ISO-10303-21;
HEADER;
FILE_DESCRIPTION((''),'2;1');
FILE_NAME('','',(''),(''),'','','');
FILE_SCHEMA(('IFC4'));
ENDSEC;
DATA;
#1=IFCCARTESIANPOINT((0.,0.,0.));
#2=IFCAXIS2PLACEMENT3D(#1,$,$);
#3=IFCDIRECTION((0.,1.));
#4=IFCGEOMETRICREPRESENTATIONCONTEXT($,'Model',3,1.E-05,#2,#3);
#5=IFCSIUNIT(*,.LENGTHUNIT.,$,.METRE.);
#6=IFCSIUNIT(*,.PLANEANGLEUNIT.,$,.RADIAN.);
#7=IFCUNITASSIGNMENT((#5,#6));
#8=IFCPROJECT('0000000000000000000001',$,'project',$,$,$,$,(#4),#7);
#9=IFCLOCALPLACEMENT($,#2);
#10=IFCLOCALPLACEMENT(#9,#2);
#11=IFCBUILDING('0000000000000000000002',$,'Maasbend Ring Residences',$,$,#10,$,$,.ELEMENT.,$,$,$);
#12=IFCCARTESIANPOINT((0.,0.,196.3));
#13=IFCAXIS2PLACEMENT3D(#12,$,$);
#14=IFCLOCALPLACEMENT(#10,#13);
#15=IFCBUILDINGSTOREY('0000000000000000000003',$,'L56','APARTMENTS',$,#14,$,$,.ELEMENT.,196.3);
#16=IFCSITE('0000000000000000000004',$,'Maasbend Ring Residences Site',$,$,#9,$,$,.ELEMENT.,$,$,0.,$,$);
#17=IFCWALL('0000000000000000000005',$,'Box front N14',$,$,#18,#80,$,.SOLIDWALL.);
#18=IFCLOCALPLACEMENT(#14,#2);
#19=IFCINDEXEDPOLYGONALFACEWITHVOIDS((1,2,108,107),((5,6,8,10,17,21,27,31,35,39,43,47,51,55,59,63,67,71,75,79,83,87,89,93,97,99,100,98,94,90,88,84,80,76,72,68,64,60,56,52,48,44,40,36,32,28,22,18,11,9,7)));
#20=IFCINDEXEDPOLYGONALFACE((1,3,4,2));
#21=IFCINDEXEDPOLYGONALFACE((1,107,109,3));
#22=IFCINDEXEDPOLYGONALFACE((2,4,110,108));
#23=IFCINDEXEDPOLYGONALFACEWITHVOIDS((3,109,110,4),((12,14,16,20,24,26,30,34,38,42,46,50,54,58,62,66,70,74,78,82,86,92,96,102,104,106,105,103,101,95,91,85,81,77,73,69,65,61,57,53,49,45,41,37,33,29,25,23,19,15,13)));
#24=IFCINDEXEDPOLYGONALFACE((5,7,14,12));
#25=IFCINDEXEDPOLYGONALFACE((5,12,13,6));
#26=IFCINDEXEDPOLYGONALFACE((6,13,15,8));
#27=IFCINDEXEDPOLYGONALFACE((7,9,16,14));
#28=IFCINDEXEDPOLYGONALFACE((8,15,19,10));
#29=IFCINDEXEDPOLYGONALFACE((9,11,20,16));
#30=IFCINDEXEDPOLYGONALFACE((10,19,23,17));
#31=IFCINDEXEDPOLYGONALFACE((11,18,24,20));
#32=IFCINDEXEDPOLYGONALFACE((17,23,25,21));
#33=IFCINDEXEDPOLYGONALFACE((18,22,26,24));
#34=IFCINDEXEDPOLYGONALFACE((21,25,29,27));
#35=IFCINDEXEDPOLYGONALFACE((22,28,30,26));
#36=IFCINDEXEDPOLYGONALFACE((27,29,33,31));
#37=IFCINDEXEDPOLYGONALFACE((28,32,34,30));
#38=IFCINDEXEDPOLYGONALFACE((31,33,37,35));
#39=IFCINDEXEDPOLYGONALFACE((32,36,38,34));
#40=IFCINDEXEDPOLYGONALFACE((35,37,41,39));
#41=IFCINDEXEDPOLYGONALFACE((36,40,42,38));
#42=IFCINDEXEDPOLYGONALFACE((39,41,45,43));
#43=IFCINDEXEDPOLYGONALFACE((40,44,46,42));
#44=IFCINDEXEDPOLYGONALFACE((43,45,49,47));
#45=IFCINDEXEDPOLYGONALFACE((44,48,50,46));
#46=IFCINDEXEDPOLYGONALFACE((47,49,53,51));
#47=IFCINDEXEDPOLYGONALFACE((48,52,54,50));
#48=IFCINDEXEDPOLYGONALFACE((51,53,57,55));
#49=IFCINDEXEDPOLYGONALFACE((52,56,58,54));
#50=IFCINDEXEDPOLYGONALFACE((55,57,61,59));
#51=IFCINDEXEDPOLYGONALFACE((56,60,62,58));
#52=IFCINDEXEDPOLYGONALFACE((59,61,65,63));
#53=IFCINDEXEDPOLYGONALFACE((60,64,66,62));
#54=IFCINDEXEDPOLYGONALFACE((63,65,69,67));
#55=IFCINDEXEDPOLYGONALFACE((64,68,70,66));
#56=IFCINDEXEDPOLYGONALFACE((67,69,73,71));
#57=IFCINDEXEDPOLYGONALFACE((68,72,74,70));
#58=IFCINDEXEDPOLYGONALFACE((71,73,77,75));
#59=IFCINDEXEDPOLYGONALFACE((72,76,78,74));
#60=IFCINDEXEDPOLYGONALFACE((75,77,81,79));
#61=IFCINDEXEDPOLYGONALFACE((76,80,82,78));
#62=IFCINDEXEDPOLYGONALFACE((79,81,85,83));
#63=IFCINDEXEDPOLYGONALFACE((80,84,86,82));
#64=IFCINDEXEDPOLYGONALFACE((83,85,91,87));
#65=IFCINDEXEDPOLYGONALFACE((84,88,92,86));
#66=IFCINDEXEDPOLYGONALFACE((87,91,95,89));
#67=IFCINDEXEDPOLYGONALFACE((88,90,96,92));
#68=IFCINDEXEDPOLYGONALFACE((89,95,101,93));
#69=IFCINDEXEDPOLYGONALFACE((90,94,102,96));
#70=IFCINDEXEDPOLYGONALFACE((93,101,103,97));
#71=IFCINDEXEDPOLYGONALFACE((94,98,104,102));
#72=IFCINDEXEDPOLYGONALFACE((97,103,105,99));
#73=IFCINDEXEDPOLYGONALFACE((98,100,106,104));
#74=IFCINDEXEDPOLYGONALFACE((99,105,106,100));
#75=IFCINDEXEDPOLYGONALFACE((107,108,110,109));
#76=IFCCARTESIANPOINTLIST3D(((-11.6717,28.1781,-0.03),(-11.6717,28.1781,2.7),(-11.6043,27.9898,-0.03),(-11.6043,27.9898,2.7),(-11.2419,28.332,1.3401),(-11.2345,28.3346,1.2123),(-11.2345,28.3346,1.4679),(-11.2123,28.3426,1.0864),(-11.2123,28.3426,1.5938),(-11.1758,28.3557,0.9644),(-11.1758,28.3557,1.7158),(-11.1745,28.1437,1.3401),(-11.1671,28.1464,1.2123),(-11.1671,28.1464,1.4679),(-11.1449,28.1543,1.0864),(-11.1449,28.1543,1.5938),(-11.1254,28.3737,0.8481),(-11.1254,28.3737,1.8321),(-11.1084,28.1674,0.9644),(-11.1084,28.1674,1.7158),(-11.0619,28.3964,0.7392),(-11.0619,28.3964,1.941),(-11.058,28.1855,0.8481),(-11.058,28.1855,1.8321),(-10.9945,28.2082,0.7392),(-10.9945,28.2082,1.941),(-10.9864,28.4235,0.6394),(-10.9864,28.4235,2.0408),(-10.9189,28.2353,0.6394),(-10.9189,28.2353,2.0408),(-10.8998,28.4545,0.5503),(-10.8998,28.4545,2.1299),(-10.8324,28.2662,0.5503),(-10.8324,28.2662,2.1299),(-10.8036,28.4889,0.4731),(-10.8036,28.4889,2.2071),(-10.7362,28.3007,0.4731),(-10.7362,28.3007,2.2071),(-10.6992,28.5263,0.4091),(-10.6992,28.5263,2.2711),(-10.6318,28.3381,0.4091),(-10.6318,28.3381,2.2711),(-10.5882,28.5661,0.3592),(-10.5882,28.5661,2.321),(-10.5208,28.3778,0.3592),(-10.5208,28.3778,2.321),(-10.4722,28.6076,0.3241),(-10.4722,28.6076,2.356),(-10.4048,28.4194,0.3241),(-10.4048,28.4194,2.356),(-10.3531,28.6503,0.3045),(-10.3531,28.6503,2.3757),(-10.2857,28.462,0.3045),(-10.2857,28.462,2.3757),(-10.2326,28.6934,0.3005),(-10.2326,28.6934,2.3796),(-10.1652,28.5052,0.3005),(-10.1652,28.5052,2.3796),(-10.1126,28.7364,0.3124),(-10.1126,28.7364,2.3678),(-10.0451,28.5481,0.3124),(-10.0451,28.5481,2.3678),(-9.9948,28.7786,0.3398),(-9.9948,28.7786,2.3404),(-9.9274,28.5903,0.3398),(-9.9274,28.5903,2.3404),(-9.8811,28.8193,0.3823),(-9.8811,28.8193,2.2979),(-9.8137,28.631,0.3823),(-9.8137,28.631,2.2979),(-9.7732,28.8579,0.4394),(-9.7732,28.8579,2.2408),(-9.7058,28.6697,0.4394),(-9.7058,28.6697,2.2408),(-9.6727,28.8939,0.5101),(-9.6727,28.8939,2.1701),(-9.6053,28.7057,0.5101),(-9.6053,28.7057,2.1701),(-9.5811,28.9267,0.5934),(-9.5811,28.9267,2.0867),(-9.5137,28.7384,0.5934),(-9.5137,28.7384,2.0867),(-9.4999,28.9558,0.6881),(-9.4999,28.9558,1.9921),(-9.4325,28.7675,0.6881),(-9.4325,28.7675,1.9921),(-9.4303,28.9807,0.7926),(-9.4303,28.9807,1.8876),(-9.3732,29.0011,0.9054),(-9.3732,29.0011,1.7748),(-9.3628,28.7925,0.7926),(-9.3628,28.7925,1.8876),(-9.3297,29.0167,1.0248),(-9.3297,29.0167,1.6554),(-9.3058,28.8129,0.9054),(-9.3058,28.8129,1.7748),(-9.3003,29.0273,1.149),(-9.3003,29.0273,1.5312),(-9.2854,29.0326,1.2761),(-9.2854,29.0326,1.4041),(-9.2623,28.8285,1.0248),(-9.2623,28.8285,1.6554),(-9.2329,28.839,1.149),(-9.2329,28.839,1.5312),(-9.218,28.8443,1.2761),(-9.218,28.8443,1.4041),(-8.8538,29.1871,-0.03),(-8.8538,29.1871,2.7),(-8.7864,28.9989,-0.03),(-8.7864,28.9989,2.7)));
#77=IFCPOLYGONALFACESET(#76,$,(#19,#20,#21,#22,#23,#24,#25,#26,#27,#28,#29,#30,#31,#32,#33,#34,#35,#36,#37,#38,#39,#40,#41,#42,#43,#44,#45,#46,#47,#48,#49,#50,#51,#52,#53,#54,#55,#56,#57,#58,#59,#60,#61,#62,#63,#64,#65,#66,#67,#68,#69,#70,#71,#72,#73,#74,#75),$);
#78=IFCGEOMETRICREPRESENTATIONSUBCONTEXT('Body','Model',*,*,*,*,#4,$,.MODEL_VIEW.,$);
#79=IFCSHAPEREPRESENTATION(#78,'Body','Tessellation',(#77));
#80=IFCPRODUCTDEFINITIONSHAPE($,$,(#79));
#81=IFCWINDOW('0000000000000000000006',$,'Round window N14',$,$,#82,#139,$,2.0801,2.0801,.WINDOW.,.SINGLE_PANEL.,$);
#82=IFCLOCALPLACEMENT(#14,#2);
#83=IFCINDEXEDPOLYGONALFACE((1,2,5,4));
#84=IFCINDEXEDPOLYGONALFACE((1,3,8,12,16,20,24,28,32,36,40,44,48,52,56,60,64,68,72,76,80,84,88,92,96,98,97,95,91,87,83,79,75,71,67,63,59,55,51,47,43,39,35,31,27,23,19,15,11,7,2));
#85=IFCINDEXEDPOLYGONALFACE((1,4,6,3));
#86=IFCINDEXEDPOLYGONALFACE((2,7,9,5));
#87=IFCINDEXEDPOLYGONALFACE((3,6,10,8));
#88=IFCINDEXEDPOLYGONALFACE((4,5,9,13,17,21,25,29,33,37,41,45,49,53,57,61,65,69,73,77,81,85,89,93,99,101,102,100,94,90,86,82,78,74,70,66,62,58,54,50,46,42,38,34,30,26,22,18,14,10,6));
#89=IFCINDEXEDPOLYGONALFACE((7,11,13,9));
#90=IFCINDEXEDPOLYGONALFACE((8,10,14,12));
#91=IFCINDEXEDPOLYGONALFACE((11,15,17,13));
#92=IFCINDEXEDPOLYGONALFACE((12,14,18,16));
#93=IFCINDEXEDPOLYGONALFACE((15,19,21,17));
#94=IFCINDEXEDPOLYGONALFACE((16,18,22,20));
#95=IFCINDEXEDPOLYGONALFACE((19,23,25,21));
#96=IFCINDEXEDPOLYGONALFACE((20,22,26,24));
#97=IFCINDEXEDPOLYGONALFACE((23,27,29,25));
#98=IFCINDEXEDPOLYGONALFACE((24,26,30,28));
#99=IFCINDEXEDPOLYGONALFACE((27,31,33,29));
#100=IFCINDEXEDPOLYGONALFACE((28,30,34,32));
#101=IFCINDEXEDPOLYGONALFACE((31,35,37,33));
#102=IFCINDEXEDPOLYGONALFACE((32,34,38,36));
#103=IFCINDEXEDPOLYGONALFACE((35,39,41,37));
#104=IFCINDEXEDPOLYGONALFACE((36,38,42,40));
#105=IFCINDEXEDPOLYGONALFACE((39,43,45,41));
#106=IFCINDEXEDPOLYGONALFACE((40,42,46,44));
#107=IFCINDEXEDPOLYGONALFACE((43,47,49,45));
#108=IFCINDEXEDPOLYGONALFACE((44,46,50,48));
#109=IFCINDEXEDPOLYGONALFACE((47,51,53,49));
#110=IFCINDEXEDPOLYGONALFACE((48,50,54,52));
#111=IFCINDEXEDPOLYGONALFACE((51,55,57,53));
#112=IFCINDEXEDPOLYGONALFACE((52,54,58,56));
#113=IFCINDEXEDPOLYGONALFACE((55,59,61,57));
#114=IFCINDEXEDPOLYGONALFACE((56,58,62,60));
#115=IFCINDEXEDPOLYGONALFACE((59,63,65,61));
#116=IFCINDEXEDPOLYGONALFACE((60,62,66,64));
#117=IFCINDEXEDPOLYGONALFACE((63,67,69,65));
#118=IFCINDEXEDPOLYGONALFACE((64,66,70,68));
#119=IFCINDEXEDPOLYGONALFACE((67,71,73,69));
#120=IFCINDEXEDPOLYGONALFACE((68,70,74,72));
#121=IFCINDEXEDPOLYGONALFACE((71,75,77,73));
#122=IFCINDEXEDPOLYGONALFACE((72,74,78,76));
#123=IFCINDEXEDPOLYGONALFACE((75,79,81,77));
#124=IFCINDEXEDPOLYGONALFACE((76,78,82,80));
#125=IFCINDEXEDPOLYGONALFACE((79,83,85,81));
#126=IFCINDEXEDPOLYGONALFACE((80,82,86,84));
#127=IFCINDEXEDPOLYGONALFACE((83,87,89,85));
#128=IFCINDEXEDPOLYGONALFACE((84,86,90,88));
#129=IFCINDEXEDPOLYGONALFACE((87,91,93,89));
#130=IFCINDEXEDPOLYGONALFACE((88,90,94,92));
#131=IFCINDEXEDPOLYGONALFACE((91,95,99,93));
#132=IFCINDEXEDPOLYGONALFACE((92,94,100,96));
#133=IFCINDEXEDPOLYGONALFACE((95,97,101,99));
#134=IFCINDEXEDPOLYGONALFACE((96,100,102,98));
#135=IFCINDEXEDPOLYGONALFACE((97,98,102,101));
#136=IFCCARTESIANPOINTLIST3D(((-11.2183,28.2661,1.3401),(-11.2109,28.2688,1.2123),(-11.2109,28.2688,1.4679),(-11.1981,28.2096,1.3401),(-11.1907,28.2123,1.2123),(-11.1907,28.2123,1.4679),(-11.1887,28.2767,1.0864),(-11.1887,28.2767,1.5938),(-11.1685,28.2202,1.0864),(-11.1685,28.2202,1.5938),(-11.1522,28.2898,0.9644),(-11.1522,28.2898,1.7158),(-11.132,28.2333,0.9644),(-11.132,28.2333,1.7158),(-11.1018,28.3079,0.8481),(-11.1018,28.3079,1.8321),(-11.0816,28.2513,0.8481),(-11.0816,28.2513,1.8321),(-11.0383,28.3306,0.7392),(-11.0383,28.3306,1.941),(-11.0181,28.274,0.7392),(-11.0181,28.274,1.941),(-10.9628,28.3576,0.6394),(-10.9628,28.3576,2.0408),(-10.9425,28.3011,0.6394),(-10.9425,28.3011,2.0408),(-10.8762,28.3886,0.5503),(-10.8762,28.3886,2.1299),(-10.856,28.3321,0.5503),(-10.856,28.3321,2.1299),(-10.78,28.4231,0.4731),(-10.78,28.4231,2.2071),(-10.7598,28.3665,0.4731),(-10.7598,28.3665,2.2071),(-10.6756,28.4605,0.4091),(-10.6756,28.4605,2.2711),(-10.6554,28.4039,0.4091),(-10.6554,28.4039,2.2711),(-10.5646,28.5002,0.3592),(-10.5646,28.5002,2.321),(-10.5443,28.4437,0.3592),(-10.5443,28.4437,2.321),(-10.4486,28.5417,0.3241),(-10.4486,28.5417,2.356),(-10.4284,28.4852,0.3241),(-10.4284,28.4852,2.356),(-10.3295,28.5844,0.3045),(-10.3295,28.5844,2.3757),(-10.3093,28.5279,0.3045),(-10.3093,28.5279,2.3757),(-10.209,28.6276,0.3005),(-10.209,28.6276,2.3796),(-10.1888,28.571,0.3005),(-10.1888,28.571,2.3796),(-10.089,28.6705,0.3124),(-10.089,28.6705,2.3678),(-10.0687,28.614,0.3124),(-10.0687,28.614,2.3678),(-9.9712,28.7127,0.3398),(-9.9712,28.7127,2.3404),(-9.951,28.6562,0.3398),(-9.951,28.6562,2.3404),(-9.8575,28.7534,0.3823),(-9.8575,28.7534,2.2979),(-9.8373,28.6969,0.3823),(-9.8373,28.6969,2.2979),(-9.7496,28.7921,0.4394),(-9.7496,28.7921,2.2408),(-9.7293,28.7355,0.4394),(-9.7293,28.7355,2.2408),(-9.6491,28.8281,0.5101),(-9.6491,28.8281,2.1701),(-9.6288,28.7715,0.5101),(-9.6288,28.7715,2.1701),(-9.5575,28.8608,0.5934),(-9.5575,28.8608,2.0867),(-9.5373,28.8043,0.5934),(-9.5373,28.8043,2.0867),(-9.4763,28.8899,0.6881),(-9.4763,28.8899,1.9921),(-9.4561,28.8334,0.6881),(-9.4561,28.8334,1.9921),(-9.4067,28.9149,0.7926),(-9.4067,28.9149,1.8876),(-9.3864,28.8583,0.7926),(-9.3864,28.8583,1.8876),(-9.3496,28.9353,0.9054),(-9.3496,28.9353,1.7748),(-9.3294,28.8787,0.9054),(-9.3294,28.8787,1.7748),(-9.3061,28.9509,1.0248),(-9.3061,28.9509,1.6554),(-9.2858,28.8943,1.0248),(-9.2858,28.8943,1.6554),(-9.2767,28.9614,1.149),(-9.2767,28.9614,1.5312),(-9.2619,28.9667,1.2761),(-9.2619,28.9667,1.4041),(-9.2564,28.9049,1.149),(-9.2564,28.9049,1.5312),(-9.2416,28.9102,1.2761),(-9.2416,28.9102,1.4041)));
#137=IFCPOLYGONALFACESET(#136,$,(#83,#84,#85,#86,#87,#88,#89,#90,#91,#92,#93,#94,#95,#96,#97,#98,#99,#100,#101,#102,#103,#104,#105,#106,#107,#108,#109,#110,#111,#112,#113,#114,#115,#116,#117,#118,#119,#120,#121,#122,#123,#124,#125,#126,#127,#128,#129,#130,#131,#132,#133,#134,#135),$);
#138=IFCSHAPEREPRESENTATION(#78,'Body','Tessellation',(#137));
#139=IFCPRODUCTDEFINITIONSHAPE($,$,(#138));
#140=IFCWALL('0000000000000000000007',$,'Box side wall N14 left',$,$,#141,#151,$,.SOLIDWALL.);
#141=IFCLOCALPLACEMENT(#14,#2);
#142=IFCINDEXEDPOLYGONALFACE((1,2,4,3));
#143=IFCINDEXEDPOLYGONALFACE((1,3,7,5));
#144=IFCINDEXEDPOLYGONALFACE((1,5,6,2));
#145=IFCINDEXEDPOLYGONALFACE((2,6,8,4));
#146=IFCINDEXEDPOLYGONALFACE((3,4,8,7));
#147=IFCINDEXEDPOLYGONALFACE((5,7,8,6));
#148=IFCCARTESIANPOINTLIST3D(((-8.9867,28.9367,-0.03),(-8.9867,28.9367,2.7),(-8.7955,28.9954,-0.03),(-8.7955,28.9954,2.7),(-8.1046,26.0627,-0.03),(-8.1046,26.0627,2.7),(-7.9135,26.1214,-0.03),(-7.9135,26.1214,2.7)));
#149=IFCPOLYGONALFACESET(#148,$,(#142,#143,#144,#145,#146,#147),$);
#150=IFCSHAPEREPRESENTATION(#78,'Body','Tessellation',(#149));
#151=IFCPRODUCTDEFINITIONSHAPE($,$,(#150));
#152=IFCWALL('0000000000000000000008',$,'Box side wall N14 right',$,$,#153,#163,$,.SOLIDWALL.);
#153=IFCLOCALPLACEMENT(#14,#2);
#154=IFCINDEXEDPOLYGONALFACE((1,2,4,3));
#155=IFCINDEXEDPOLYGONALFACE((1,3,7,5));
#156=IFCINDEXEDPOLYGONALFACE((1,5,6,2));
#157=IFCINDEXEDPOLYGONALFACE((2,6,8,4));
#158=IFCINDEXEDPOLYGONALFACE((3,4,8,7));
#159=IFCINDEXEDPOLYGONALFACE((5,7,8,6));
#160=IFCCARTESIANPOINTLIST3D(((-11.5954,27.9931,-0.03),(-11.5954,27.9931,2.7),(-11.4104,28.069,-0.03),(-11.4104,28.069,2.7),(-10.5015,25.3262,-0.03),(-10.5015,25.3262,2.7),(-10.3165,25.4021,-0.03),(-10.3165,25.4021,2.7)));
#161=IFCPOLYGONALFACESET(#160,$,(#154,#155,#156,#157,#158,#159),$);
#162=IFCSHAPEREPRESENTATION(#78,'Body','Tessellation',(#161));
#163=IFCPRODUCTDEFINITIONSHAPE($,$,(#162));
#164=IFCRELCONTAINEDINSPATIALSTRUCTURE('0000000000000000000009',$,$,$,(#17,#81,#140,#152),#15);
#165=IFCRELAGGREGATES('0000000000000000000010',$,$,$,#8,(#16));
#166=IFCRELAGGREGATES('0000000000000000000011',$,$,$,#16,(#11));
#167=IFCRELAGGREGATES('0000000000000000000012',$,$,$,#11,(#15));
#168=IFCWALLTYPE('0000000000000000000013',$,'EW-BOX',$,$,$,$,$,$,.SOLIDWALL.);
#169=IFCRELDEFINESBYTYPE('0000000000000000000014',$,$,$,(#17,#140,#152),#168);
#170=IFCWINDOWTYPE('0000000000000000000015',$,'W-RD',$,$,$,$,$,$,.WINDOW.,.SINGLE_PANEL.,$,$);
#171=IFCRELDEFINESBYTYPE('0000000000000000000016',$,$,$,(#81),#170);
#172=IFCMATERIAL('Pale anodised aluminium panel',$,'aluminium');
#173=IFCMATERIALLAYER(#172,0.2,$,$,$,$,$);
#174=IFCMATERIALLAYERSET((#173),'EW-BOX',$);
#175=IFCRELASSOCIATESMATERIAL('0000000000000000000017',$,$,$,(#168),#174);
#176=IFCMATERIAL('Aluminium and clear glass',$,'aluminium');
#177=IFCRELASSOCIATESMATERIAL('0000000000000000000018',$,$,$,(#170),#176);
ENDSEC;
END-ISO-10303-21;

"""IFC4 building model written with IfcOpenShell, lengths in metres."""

from ifc_helpers import new_model, si_unit, direction, frame, frame_2d, origin, place, context, subcontext, project, spatial, rectangle, circle, extrude, material, layer, layer_set, type_object, element, fill, save


model = new_model("IFC4")

# Units and contexts
model_context = context("Model", 3, precision=1e-05, world=origin(), true_north=direction((0.0, 1.0)))
body_context = subcontext(model_context, "Body", "Model", "MODEL_VIEW")
ifc_project = project(units=[si_unit("LENGTHUNIT", "METRE"), si_unit("PLANEANGLEUNIT", "RADIAN")], contexts=[model_context])

# Site, building, storey
site_placement = place(None, origin())
site = spatial("IfcSite", under=ifc_project, at=site_placement, Name="Maasbend Ring Residences Site", CompositionType="ELEMENT", RefElevation=0.0)
building_placement = place(site_placement, origin())
building = spatial("IfcBuilding", under=site, at=building_placement, Name="Maasbend Ring Residences", CompositionType="ELEMENT")
storey_placement = place(building_placement, frame((0.0, 0.0, 196.3)))
storey = spatial("IfcBuildingStorey", under=building, at=storey_placement, Name="L56", Description="APARTMENTS", CompositionType="ELEMENT", Elevation=196.3)

# Shared definitions
ifc_material_1 = material(Name="Pale anodised aluminium panel", Category="aluminium")
ifc_layer_1 = layer(ifc_material_1, 0.2)
ifc_layer_set_1 = layer_set([ifc_layer_1], Name="EW-BOX")
wall_type_1 = type_object("IfcWallType", Name="EW-BOX", PredefinedType="SOLIDWALL", material=ifc_layer_set_1)
ifc_material_2 = material(Name="Aluminium and clear glass", Category="aluminium")
window_type_1 = type_object("IfcWindowType", Name="W-RD", PartitioningType="SINGLE_PANEL", PredefinedType="WINDOW", material=ifc_material_2)

# Wall, opening, window
wall_1_placement = place(storey_placement, frame((-8.8201, 29.093, -0.03), z_axis=(0.0, 0.0, 1.0), x_axis=(-0.941461, -0.337122, 0.0)))
wall_1 = element("IfcWall", 1, at=wall_1_placement, inside=storey, type_object=wall_type_1, Name="Box front N14", PredefinedType="SOLIDWALL", context=body_context, shape_type="SweptSolid", body=[
    extrude(rectangle(XDim=2.9932, YDim=0.2, at=frame_2d((1.4966, 0.0))), origin(), (0.0, 0.0, 1.0), 2.73),
])
opening_1_placement = place(wall_1_placement, frame((0.4565, 0.0, 0.3301)))
opening_1 = element("IfcOpeningElement", 2, at=opening_1_placement, cuts=wall_1, PredefinedType="OPENING", context=body_context, shape_type="SweptSolid", body=[
    extrude(circle(Radius=1.04, at=frame_2d((1.04, 1.04))), frame((0.0, 0.1099, 0.0), z_axis=(0.0, -1.0, 0.0), x_axis=(1.0, 0.0, 0.0)), (0.0, 0.0, 1.0), 0.22),
])
window_1_placement = place(opening_1_placement, origin())
window_1 = element("IfcWindow", 3, at=window_1_placement, inside=storey, type_object=window_type_1, Name="Round window N14", OverallHeight=2.0801, OverallWidth=2.0801, PartitioningType="SINGLE_PANEL", PredefinedType="WINDOW", context=body_context, shape_type="SweptSolid", body=[
    extrude(circle(Radius=1.04, at=frame_2d((1.04, 1.04))), frame((0.0, 0.03, 0.0), z_axis=(0.0, -1.0, 0.0), x_axis=(1.0, 0.0, 0.0)), (0.0, 0.0, 1.0), 0.0601),
])
fill(opening_1, window_1)

# Walls
wall_2_placement = place(storey_placement, frame((-8.009, 26.092, -0.03), z_axis=(0.0, 0.0, 1.0), x_axis=(-0.293407, 0.955988, 0.0)))
element("IfcWall", 4, at=wall_2_placement, inside=storey, type_object=wall_type_1, Name="Box side wall N14 left", PredefinedType="SOLIDWALL", context=body_context, shape_type="SweptSolid", body=[
    extrude(rectangle(XDim=3.0063, YDim=0.2, at=frame_2d((1.5032, 0.0))), origin(), (0.0, 0.0, 1.0), 2.73),
])
wall_3_placement = place(storey_placement, frame((-10.4089, 25.364, -0.03), z_axis=(0.0, 0.0, 1.0), x_axis=(-0.37951, 0.925188, 0.0)))
element("IfcWall", 5, at=wall_3_placement, inside=storey, type_object=wall_type_1, Name="Box side wall N14 right", PredefinedType="SOLIDWALL", context=body_context, shape_type="SweptSolid", body=[
    extrude(rectangle(XDim=2.8826, YDim=0.2, at=frame_2d((1.4414, 0.0))), origin(), (0.0, 0.0, 1.0), 2.73),
])

save(model, "model.ifc")
